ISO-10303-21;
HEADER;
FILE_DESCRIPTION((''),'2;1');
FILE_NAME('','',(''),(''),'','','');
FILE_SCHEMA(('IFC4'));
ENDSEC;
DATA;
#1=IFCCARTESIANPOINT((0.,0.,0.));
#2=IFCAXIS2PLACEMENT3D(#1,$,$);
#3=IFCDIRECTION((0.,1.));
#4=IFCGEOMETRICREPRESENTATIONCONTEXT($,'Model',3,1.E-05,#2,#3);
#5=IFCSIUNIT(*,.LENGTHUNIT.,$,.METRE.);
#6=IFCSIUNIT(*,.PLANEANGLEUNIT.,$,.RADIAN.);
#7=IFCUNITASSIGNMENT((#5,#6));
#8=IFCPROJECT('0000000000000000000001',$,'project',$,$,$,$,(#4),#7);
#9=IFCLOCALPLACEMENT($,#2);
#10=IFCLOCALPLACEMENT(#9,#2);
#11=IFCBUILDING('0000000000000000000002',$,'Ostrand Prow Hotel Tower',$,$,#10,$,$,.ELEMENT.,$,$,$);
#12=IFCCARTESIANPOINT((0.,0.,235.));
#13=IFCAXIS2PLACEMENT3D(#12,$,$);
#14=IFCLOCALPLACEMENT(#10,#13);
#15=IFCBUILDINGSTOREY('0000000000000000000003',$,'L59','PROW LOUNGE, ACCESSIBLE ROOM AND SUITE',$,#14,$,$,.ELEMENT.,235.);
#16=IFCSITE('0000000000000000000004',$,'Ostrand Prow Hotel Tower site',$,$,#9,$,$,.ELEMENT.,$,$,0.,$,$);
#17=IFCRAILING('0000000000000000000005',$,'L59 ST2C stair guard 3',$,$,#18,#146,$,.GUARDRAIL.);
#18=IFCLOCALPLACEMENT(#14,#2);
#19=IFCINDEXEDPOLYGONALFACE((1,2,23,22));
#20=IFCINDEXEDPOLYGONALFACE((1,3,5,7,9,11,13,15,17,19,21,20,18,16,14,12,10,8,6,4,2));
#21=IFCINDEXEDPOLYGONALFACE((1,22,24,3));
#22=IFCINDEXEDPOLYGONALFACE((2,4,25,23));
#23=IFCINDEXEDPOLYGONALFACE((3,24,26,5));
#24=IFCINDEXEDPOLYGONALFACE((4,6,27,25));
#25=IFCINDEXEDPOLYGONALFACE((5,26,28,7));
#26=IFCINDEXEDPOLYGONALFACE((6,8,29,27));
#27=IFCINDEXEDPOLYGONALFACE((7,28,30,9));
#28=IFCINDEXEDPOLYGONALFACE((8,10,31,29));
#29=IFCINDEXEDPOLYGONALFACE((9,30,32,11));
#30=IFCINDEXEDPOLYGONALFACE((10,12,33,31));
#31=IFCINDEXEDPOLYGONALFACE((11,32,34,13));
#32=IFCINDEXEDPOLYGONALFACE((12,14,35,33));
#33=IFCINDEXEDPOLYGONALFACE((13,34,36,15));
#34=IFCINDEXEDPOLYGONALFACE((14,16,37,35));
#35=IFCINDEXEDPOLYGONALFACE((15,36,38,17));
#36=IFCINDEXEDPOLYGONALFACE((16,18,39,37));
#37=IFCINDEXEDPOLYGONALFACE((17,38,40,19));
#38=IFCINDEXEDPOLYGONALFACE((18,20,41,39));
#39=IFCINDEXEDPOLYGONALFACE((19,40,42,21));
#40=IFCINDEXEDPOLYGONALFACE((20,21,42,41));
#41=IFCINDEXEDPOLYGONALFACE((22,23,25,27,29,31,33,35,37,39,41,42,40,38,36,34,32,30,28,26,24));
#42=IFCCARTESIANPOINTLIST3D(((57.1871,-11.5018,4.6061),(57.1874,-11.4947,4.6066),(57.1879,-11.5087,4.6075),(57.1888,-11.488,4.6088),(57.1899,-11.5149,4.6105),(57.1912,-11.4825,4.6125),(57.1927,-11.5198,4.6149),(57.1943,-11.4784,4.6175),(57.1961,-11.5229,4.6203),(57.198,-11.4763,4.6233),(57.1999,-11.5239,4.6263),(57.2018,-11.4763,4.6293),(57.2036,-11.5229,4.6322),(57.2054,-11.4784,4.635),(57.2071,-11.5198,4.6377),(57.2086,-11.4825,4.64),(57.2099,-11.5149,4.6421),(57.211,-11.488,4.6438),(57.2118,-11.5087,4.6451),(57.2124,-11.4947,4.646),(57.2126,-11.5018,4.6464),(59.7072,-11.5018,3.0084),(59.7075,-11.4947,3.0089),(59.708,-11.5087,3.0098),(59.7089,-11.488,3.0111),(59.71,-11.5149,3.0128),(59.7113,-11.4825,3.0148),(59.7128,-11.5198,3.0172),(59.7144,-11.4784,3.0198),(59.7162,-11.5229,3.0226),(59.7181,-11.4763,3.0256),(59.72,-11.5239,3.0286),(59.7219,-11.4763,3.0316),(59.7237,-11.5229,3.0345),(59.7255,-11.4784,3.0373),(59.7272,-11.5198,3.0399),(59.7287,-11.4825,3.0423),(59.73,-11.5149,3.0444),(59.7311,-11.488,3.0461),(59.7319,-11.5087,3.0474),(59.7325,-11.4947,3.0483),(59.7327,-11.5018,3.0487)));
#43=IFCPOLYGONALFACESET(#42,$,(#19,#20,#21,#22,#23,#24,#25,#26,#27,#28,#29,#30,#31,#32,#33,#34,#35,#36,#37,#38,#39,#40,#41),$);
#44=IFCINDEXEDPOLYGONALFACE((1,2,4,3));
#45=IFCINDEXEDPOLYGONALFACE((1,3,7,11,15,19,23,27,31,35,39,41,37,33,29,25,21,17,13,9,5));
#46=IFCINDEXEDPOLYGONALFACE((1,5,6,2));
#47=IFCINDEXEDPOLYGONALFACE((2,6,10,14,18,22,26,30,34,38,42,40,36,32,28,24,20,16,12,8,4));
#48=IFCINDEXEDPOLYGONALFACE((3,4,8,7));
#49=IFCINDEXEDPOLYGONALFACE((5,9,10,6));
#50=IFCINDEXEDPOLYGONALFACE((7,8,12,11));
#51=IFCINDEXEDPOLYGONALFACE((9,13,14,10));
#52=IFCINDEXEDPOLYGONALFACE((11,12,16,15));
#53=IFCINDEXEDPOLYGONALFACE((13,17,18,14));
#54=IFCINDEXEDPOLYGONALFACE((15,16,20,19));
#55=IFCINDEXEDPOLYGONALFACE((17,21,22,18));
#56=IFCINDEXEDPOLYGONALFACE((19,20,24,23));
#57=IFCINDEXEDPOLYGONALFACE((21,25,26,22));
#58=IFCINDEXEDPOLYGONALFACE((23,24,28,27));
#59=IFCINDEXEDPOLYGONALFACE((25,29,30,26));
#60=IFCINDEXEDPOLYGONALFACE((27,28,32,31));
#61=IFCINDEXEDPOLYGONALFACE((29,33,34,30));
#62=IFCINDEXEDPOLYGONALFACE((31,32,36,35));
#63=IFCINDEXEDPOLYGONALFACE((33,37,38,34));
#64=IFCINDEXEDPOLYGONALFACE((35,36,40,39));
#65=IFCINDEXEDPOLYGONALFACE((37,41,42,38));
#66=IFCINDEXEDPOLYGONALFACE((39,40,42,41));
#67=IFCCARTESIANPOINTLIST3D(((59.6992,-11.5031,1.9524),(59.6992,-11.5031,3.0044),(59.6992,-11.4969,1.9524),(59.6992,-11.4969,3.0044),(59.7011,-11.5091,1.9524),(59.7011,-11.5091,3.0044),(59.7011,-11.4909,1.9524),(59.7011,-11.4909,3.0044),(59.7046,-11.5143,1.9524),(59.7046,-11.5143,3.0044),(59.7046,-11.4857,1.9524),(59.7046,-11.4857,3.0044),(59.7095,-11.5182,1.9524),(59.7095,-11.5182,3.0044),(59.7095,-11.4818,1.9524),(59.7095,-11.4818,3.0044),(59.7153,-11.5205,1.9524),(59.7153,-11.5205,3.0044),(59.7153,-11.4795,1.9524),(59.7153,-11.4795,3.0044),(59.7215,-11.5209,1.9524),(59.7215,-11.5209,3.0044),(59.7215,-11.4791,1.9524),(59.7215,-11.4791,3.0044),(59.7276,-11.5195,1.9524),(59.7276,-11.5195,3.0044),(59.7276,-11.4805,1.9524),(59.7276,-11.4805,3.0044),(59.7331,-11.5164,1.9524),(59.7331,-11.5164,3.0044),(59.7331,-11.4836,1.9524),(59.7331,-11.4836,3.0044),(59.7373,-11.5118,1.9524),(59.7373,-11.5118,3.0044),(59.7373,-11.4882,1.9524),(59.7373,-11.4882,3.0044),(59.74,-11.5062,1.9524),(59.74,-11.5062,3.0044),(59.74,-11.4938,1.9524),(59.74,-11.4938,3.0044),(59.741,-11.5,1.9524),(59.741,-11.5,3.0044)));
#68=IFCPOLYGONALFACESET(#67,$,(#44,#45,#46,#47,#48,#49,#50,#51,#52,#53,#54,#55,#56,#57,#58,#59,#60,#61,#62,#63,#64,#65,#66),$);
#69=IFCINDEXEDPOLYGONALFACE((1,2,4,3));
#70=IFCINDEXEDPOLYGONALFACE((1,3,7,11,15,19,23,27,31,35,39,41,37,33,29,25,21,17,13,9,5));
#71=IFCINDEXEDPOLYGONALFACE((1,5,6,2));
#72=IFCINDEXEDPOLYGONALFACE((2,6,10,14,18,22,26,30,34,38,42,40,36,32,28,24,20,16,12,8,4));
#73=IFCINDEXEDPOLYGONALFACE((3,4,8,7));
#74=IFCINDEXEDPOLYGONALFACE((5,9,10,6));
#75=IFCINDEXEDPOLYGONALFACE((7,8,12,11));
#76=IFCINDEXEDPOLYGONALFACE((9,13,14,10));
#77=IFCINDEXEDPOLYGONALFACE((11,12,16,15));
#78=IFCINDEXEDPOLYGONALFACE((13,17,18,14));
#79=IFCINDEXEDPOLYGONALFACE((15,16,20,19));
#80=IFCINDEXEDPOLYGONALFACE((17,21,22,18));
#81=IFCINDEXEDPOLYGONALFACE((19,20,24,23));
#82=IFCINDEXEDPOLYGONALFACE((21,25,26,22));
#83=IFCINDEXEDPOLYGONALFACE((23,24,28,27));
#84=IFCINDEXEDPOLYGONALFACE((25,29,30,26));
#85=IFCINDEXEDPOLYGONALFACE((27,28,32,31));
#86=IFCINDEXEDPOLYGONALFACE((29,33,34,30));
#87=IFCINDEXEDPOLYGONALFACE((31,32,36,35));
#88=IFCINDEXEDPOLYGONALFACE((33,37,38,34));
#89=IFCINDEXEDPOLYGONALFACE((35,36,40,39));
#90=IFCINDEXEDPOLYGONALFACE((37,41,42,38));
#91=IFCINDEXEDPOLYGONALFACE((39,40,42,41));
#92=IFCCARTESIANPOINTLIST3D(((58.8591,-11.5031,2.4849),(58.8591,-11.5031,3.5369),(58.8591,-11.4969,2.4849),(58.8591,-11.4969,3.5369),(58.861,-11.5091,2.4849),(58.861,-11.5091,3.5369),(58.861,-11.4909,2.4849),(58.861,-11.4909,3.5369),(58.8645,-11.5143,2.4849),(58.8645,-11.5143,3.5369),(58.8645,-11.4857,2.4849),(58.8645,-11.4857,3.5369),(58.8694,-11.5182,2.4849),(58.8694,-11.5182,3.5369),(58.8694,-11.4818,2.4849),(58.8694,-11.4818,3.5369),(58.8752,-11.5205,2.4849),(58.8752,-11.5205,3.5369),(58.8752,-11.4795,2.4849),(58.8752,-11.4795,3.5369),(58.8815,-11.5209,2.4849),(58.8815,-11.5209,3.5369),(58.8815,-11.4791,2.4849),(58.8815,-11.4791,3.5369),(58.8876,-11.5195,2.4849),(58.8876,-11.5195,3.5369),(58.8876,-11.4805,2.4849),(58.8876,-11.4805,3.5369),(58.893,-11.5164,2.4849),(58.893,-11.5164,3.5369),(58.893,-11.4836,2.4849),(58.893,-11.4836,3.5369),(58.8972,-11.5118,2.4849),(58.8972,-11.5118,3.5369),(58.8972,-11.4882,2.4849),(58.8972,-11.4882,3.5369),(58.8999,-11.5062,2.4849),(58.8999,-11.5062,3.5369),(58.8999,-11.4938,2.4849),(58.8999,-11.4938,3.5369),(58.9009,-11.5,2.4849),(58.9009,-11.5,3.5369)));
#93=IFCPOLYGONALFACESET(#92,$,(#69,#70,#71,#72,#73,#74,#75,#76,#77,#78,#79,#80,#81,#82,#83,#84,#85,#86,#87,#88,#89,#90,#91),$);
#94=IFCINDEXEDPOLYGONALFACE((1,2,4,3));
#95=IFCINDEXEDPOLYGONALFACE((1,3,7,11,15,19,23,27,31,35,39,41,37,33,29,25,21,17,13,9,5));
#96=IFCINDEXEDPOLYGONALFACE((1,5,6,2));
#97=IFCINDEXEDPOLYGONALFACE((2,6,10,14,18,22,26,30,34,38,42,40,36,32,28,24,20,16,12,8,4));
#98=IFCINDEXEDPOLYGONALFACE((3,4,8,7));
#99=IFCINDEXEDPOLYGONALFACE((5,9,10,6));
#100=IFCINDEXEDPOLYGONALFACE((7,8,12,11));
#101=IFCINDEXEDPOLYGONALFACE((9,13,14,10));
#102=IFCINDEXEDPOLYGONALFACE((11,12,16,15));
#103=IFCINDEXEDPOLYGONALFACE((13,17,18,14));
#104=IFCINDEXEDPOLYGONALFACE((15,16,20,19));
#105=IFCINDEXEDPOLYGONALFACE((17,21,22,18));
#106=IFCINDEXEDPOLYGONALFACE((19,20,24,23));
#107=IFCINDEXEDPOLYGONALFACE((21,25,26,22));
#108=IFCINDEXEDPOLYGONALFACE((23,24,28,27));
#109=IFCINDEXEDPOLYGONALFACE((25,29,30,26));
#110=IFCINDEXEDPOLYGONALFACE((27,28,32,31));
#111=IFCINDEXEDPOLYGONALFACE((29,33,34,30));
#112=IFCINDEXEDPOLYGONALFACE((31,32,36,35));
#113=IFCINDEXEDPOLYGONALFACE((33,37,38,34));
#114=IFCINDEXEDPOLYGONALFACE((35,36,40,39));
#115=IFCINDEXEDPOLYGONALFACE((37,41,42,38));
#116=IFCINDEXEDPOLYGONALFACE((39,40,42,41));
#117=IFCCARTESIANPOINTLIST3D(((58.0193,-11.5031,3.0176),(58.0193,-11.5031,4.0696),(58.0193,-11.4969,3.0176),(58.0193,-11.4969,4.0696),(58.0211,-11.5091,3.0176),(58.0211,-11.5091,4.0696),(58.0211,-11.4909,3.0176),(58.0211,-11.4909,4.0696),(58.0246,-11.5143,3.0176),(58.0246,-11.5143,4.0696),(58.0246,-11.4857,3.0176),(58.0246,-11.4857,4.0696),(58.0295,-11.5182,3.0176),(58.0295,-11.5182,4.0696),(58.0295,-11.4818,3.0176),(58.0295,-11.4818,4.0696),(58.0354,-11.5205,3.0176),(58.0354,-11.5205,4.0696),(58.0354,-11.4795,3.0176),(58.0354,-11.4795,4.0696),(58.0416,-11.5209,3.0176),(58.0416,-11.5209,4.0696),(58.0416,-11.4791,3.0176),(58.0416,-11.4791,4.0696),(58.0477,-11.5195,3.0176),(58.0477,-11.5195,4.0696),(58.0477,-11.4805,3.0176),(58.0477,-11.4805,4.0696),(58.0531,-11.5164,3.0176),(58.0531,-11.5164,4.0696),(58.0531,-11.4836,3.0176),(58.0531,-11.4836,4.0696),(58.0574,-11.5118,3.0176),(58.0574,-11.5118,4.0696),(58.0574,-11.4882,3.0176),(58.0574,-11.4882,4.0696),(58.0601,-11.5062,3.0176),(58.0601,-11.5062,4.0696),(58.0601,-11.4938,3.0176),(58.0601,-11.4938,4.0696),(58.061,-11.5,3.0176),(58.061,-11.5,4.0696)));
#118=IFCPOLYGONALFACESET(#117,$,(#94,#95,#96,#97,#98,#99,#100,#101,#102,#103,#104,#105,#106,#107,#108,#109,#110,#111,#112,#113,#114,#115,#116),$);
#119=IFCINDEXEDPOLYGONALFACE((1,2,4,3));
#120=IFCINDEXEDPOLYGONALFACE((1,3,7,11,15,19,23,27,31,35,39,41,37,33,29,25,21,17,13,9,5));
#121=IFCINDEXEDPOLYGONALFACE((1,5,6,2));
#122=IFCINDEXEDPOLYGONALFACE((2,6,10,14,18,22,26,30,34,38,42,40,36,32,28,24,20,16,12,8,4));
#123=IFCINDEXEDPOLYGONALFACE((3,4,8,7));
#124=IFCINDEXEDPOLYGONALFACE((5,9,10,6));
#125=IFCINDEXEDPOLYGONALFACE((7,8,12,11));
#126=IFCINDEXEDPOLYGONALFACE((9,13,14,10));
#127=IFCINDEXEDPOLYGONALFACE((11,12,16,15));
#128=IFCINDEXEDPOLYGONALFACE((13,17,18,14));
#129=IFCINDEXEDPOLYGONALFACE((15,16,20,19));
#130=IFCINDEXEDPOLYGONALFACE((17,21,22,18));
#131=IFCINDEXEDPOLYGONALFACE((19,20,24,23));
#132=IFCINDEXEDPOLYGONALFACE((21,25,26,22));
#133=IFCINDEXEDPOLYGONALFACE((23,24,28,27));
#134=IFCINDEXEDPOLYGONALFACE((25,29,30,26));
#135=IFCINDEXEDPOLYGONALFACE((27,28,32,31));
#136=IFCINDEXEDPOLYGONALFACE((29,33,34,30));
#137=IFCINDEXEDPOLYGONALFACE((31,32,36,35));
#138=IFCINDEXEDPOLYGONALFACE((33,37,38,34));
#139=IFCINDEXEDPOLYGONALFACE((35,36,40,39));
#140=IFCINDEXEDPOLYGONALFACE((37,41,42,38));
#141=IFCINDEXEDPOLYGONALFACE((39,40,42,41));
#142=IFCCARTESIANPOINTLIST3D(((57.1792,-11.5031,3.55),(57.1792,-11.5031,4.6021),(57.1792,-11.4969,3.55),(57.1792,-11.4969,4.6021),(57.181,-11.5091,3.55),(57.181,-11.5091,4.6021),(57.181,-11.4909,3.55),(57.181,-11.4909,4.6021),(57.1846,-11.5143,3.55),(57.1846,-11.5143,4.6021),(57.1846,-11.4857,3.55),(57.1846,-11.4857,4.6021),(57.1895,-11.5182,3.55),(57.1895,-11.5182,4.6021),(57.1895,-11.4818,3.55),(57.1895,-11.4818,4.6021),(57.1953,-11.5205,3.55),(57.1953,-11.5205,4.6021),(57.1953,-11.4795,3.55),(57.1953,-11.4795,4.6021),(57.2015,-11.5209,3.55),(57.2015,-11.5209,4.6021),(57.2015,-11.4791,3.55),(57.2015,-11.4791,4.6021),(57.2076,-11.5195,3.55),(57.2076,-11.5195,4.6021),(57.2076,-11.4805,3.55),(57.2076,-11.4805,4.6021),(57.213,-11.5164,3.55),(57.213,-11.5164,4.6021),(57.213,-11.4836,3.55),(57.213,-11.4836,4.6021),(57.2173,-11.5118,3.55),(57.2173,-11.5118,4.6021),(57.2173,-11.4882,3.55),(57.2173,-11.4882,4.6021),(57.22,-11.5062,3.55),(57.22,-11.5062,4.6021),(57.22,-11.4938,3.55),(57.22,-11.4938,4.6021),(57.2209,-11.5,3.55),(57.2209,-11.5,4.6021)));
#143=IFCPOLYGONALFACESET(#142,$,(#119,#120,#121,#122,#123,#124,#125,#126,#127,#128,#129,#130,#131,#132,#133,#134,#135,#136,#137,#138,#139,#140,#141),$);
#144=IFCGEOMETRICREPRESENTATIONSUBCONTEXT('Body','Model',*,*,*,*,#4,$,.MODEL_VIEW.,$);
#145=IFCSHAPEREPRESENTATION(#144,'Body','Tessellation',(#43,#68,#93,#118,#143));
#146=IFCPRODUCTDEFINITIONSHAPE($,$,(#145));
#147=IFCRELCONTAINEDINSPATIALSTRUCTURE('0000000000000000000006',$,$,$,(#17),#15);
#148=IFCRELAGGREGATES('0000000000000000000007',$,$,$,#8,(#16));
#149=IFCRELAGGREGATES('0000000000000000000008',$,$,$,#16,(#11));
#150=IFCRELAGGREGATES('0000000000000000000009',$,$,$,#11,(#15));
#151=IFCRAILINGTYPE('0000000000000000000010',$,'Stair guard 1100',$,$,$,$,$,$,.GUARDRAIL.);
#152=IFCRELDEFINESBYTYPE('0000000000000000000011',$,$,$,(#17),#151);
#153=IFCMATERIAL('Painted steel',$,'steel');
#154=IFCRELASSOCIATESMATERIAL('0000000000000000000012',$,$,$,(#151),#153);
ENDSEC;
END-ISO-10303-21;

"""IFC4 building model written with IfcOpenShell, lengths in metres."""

from ifc_helpers import new_model, si_unit, direction, frame, origin, origin_2d, place, context, subcontext, project, spatial, circle, extrude, material, type_object, element, save


model = new_model("IFC4")

# Units and contexts
model_context = context("Model", 3, precision=1e-05, world=origin(), true_north=direction((0.0, 1.0)))
body_context = subcontext(model_context, "Body", "Model", "MODEL_VIEW")
ifc_project = project(units=[si_unit("LENGTHUNIT", "METRE"), si_unit("PLANEANGLEUNIT", "RADIAN")], contexts=[model_context])

# Site, building, storey
site_placement = place(None, origin())
site = spatial("IfcSite", under=ifc_project, at=site_placement, Name="Ostrand Prow Hotel Tower site", CompositionType="ELEMENT", RefElevation=0.0)
building_placement = place(site_placement, origin())
building = spatial("IfcBuilding", under=site, at=building_placement, Name="Ostrand Prow Hotel Tower", CompositionType="ELEMENT")
storey_placement = place(building_placement, frame((0.0, 0.0, 235.0)))
storey = spatial("IfcBuildingStorey", under=building, at=storey_placement, Name="L59", Description="PROW LOUNGE, ACCESSIBLE ROOM AND SUITE", CompositionType="ELEMENT", Elevation=235.0)

# Railing
ifc_material_1 = material(Name="Painted steel", Category="steel")
railing_type_1 = type_object("IfcRailingType", Name="Stair guard 1100", PredefinedType="GUARDRAIL", material=ifc_material_1)
railing_1_placement = place(storey_placement, frame((59.72, -11.5, 1.9524)))
element("IfcRailing", 1, at=railing_1_placement, inside=storey, type_object=railing_type_1, Name="L59 ST2C stair guard 3", PredefinedType="GUARDRAIL", context=body_context, shape_type="SweptSolid", body=[
    extrude(circle(Radius=0.0239, at=origin_2d()), frame((0.0, 0.0, 1.0762), z_axis=(-0.84457, 0.0, 0.535445), x_axis=(0.0, -1.0, 0.0)), (0.0, 0.0, 1.0), 2.9839),
    extrude(circle(Radius=0.021, at=origin_2d()), origin(), (0.0, 0.0, 1.0), 1.052),
    extrude(circle(Radius=0.021, at=origin_2d()), frame((-0.8401, 0.0, 0.5325)), (0.0, 0.0, 1.0), 1.052),
    extrude(circle(Radius=0.021, at=origin_2d()), frame((-1.6799, 0.0, 1.0652)), (0.0, 0.0, 1.0), 1.052),
    extrude(circle(Radius=0.021, at=origin_2d()), frame((-2.52, 0.0, 1.5977)), (0.0, 0.0, 1.0), 1.052),
])

save(model, "model.ifc")
